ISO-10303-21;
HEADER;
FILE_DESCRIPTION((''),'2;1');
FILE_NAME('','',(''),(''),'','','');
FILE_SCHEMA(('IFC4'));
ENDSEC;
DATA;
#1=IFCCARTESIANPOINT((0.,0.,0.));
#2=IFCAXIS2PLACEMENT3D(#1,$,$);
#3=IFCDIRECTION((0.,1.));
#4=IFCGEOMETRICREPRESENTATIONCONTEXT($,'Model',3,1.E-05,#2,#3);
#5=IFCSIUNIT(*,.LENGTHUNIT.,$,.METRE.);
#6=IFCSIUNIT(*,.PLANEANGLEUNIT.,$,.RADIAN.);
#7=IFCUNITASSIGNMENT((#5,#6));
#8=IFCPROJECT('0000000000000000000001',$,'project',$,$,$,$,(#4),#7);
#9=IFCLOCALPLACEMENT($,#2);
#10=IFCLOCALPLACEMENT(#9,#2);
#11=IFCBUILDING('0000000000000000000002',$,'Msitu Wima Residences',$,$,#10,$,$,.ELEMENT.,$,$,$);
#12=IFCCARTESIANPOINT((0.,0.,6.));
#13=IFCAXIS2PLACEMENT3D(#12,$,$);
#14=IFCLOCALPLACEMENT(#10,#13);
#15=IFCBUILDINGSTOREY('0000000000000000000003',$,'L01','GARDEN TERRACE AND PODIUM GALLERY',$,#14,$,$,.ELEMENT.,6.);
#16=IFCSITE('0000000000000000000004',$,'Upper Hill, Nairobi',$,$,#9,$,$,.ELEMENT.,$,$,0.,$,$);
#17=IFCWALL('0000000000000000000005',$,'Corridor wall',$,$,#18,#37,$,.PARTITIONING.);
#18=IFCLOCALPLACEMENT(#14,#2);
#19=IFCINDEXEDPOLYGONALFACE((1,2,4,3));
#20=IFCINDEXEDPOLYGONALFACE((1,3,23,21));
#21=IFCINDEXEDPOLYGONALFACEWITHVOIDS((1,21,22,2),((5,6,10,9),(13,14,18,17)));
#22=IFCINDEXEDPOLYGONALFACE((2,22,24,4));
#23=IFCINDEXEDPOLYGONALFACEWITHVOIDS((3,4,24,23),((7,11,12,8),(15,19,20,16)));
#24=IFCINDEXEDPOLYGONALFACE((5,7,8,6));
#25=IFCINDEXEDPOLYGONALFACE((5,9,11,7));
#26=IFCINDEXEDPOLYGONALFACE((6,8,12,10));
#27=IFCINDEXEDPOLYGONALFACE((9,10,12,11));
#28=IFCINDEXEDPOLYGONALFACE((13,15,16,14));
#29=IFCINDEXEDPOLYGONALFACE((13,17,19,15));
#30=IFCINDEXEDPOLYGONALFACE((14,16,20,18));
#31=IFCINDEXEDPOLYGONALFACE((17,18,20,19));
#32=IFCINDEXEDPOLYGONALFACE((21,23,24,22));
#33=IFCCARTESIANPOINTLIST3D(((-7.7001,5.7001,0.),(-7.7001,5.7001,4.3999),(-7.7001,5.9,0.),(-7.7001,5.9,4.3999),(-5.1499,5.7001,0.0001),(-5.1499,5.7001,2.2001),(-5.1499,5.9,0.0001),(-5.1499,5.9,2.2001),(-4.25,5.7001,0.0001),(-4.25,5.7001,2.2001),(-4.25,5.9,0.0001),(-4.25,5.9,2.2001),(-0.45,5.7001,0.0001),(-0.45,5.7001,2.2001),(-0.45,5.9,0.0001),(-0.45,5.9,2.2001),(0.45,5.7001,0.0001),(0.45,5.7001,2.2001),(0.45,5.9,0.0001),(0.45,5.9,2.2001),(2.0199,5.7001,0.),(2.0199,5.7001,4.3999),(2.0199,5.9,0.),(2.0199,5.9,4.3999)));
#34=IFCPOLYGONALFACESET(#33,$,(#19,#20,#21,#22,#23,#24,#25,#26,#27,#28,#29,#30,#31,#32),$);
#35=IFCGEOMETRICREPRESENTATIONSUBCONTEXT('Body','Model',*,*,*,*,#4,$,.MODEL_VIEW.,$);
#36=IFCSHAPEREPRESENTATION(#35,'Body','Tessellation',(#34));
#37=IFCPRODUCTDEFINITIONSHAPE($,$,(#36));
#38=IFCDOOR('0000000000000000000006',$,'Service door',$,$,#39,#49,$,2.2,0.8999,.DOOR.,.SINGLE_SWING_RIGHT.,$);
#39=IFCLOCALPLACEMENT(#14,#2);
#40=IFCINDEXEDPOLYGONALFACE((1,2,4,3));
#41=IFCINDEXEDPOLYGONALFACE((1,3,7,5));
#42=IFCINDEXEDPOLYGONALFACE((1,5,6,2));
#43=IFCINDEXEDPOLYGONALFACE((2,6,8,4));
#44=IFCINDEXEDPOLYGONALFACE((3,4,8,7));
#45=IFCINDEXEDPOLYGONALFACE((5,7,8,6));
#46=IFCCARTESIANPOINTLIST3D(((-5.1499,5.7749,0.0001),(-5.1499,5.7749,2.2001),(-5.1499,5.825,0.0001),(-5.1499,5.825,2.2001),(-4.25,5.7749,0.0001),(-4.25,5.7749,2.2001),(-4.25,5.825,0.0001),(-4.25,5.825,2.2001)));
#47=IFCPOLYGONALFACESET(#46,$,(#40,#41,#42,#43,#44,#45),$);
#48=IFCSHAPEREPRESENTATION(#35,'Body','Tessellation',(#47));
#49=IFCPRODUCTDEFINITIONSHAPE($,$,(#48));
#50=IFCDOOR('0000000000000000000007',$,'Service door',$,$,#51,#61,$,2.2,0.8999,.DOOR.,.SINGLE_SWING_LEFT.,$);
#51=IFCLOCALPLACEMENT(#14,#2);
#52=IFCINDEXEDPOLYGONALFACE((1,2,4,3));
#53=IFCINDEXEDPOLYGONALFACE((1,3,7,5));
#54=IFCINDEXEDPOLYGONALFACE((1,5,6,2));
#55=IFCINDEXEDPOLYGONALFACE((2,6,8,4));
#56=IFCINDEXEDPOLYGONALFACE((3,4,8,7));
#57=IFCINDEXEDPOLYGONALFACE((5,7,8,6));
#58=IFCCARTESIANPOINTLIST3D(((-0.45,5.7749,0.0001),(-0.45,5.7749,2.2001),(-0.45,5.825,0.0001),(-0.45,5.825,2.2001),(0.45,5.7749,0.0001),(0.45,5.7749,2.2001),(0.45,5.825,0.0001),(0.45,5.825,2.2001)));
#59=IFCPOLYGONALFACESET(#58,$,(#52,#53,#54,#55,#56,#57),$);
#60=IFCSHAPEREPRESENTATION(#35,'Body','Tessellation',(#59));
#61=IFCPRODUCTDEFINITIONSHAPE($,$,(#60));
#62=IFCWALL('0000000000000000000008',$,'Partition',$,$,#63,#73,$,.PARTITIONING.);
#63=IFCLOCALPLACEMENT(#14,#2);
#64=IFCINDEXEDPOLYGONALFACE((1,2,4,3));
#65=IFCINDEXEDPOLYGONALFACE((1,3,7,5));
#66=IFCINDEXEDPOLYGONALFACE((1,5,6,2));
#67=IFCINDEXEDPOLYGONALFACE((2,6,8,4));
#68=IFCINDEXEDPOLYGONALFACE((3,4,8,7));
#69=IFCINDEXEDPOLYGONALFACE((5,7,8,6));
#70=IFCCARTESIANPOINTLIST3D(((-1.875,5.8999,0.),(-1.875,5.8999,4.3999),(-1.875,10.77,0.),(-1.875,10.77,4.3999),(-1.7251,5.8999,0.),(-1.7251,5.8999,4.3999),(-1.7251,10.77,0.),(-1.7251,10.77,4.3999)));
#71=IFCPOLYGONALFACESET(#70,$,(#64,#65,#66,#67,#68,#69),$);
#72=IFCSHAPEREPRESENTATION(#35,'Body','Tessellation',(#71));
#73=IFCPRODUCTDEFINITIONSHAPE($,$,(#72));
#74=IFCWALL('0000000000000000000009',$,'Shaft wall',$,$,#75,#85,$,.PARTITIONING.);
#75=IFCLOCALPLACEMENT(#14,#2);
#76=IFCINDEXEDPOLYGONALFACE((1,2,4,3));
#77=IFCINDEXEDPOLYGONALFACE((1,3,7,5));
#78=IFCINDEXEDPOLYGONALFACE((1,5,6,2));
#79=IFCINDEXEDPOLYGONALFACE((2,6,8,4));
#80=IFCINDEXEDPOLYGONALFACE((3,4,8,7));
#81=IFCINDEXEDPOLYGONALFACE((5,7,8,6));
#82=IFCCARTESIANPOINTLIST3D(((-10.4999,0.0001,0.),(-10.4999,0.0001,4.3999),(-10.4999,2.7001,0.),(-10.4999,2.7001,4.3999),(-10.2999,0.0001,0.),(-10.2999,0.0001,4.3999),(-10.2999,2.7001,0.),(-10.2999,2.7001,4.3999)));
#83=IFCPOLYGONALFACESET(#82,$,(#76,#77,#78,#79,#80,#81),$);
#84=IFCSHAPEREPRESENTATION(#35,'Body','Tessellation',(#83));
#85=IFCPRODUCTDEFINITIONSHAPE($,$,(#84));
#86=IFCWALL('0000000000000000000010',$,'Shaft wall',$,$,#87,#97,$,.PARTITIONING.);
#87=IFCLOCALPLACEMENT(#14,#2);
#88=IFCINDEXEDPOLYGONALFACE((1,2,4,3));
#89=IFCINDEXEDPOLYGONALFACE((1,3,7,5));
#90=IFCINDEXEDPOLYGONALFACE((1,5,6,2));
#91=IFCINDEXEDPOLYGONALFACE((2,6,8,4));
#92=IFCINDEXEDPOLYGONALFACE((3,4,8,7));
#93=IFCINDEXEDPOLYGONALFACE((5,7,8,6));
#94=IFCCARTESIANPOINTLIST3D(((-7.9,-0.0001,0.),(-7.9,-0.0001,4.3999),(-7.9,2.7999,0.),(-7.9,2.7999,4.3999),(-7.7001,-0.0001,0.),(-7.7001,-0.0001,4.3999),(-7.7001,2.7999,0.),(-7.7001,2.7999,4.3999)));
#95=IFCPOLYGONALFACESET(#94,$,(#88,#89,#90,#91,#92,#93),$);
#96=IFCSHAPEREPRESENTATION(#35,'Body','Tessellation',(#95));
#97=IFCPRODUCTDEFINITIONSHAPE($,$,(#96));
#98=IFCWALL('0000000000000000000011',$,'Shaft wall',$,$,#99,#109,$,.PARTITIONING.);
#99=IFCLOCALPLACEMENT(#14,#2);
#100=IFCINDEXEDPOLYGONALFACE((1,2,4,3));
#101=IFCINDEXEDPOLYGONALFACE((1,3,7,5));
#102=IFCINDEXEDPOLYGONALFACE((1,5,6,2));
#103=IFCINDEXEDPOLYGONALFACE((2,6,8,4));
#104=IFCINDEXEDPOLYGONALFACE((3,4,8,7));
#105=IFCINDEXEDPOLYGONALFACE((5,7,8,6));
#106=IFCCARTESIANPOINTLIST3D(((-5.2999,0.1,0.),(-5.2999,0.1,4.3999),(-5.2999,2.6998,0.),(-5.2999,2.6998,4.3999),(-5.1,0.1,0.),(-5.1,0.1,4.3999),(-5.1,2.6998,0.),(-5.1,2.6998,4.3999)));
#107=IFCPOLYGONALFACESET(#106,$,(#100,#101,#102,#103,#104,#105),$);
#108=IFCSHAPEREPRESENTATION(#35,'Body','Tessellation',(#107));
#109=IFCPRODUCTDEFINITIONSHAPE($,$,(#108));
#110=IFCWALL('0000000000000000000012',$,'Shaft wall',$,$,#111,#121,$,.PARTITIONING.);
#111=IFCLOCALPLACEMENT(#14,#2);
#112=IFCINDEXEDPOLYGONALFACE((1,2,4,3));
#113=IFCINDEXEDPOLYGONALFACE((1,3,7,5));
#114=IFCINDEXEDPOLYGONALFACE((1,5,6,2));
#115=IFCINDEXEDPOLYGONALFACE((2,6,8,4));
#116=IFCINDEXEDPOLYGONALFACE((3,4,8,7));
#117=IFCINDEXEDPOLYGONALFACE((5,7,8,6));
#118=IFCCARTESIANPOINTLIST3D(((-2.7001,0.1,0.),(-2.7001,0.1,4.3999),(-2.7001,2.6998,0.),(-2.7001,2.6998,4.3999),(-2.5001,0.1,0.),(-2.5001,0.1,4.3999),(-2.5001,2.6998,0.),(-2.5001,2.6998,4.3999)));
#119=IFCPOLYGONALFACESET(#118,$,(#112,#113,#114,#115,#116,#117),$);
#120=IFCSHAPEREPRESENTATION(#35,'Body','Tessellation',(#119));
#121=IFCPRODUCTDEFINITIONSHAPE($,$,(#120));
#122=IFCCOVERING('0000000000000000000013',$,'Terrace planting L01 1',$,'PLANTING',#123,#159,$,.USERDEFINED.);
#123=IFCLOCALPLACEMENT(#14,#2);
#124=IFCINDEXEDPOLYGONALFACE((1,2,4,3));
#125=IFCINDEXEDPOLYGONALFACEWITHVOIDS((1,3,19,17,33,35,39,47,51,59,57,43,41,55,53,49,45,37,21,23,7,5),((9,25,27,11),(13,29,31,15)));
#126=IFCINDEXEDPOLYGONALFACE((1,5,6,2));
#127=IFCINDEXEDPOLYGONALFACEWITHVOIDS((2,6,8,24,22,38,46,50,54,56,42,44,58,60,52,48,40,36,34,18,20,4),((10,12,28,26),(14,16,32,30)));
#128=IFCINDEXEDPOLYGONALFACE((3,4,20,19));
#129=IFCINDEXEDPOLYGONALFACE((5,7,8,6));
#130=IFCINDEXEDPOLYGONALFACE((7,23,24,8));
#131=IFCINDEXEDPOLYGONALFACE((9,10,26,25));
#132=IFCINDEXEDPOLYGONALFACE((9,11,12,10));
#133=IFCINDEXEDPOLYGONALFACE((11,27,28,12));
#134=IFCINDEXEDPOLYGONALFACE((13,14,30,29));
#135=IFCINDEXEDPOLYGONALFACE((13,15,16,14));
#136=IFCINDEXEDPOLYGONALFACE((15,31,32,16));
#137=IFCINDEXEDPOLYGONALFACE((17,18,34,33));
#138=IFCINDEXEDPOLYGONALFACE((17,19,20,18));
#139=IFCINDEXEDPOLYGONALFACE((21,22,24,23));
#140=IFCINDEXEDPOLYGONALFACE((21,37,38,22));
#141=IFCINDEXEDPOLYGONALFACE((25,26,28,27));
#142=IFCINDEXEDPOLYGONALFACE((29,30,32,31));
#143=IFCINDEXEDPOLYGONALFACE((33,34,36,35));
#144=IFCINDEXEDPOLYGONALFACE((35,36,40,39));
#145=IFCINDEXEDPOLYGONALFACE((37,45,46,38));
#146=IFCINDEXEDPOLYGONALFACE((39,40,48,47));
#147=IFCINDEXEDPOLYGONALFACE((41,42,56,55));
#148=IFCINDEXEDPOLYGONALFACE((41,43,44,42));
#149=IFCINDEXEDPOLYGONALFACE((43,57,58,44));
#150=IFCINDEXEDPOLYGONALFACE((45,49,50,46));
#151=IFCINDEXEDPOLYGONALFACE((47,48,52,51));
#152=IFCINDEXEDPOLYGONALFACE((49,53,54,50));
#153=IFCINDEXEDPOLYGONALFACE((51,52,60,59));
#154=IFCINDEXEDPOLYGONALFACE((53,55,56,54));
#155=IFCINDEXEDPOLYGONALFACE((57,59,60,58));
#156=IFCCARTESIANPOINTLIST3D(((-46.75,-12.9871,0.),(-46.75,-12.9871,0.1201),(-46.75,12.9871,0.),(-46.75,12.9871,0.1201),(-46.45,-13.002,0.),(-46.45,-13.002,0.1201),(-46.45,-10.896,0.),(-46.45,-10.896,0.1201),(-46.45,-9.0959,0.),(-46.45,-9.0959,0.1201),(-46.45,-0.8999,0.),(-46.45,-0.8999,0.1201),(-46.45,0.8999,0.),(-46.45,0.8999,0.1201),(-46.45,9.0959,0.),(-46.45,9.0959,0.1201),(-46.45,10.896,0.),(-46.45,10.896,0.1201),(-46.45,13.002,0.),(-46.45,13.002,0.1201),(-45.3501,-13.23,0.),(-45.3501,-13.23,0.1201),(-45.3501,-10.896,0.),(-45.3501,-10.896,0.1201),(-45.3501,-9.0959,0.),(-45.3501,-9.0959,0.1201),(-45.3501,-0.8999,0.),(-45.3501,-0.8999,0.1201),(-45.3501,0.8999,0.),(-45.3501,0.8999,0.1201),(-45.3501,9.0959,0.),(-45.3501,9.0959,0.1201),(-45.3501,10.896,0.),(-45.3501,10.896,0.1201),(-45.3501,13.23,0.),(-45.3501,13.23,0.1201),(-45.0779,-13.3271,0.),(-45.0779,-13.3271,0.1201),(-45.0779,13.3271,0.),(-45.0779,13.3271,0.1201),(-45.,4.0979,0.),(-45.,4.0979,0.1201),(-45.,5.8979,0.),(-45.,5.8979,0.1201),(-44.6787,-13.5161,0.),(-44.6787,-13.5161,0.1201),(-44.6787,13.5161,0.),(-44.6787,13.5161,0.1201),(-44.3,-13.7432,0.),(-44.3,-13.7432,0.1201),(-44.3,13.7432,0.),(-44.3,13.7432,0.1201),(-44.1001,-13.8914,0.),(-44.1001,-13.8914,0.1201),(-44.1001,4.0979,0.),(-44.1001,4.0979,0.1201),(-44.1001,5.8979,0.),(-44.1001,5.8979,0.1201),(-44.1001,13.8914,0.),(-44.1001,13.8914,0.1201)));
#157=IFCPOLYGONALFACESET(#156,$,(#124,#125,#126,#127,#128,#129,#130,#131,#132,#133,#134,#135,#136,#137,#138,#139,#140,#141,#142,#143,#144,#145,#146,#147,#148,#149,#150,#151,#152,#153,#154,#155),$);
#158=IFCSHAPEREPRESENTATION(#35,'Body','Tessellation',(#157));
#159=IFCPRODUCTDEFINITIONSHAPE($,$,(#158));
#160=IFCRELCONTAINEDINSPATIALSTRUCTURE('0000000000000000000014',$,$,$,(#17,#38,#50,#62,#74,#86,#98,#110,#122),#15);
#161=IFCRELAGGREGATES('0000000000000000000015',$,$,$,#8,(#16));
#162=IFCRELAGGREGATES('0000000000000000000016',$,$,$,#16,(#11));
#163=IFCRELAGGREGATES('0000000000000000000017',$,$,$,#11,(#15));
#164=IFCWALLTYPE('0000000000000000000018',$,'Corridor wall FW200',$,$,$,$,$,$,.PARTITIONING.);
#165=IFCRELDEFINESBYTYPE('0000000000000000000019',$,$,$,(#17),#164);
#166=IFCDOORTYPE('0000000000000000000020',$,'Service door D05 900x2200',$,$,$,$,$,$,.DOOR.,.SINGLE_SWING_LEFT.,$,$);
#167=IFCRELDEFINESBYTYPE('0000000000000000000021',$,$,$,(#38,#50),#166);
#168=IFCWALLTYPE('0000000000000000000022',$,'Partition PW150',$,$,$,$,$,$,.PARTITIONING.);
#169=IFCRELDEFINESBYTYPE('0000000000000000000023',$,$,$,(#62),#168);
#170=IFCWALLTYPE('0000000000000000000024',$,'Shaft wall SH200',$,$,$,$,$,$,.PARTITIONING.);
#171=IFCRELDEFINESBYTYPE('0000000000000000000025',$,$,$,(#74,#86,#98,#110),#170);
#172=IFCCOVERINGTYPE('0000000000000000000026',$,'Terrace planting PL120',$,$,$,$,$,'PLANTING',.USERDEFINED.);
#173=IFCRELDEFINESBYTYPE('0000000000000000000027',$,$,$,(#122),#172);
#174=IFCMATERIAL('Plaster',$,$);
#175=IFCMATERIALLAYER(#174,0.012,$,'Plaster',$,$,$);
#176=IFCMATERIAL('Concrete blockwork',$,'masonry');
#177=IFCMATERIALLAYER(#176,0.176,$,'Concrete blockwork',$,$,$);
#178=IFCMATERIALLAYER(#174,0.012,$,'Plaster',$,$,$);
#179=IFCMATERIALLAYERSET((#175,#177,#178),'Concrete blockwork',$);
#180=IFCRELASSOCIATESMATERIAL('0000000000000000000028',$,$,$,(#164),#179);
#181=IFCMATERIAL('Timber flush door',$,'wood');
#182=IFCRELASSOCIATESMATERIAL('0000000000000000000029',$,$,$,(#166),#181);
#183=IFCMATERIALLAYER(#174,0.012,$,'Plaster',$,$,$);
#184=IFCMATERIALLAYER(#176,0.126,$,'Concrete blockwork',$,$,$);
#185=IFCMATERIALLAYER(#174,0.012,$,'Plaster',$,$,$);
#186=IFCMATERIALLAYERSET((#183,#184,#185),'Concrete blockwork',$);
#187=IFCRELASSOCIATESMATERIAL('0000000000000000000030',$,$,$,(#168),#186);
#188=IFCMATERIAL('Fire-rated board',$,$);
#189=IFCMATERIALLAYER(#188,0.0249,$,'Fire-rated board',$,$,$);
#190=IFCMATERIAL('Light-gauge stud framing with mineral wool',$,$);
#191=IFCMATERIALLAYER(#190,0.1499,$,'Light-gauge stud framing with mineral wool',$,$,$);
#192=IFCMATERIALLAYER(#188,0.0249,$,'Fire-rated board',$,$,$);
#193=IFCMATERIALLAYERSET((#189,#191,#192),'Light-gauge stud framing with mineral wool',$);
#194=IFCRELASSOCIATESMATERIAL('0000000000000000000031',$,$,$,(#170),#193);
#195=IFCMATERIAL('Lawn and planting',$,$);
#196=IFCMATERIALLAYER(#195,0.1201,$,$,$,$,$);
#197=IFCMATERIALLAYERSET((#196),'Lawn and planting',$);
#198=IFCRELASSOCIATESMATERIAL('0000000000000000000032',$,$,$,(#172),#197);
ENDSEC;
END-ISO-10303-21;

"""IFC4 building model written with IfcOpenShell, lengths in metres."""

from ifc_helpers import new_model, si_unit, direction, frame, frame_2d, origin, place, context, subcontext, project, spatial, polyline, rectangle, outline, extrude, material, layer, layer_set, type_object, element, fill, save


model = new_model("IFC4")

# Units and contexts
model_context = context("Model", 3, precision=1e-05, world=origin(), true_north=direction((0.0, 1.0)))
body_context = subcontext(model_context, "Body", "Model", "MODEL_VIEW")
ifc_project = project(units=[si_unit("LENGTHUNIT", "METRE"), si_unit("PLANEANGLEUNIT", "RADIAN")], contexts=[model_context])

# Site, building, storey
site_placement = place(None, origin())
site = spatial("IfcSite", under=ifc_project, at=site_placement, Name="Upper Hill, Nairobi", CompositionType="ELEMENT", RefElevation=0.0)
building_placement = place(site_placement, origin())
building = spatial("IfcBuilding", under=site, at=building_placement, Name="Msitu Wima Residences", CompositionType="ELEMENT")
storey_placement = place(building_placement, frame((0.0, 0.0, 6.0)))
storey = spatial("IfcBuildingStorey", under=building, at=storey_placement, Name="L01", Description="GARDEN TERRACE AND PODIUM GALLERY", CompositionType="ELEMENT", Elevation=6.0)

# Shared definitions
ifc_material_1 = material(Name="Plaster")
ifc_layer_1 = layer(ifc_material_1, 0.012, Name="Plaster")
ifc_material_2 = material(Name="Concrete blockwork", Category="masonry")
ifc_layer_2 = layer(ifc_material_2, 0.176, Name="Concrete blockwork")
ifc_layer_3 = layer(ifc_material_1, 0.012, Name="Plaster")
ifc_layer_set_1 = layer_set([ifc_layer_1, ifc_layer_2, ifc_layer_3], Name="Concrete blockwork")
wall_type_1 = type_object("IfcWallType", Name="Corridor wall FW200", PredefinedType="PARTITIONING", material=ifc_layer_set_1)

# Wall, openings, doors
wall_1_placement = place(storey_placement, frame((-7.7, 5.8, 0.0), z_axis=(0.0, 0.0, 1.0), x_axis=(1.0, 0.0, 0.0)))
wall_1 = element("IfcWall", 1, at=wall_1_placement, inside=storey, type_object=wall_type_1, Name="Corridor wall", PredefinedType="PARTITIONING", context=body_context, shape_type="SweptSolid", body=[
    extrude(rectangle(XDim=9.72, YDim=0.2, at=frame_2d((4.8599, 0.0))), origin(), (0.0, 0.0, 1.0), 4.3999),
])
opening_1_placement = place(wall_1_placement, frame((2.55, 0.0, 0.0)))
opening_1 = element("IfcOpeningElement", 2, at=opening_1_placement, cuts=wall_1, PredefinedType="OPENING", context=body_context, shape_type="SweptSolid", body=[
    extrude(rectangle(XDim=0.8999, YDim=2.2, at=frame_2d((0.45, 1.1001))), frame((0.0, 0.1099, 0.0), z_axis=(0.0, -1.0, 0.0), x_axis=(1.0, 0.0, 0.0)), (0.0, 0.0, 1.0), 0.22),
])
opening_2_placement = place(wall_1_placement, frame((7.25, 0.0, 0.0)))
opening_2 = element("IfcOpeningElement", 3, at=opening_2_placement, cuts=wall_1, PredefinedType="OPENING", context=body_context, shape_type="SweptSolid", body=[
    extrude(rectangle(XDim=0.8999, YDim=2.2, at=frame_2d((0.45, 1.1001))), frame((0.0, 0.1099, 0.0), z_axis=(0.0, -1.0, 0.0), x_axis=(1.0, 0.0, 0.0)), (0.0, 0.0, 1.0), 0.22),
])
ifc_material_3 = material(Name="Timber flush door", Category="wood")
door_type_1 = type_object("IfcDoorType", Name="Service door D05 900x2200", OperationType="SINGLE_SWING_LEFT", PredefinedType="DOOR", material=ifc_material_3)
door_1_placement = place(opening_1_placement, origin())
door_1 = element("IfcDoor", 4, at=door_1_placement, inside=storey, type_object=door_type_1, Name="Service door", OperationType="SINGLE_SWING_RIGHT", OverallHeight=2.2, OverallWidth=0.8999, PredefinedType="DOOR", context=body_context, shape_type="SweptSolid", body=[
    extrude(rectangle(XDim=0.8999, YDim=2.2, at=frame_2d((0.45, 1.1001))), frame((0.0, 0.0249, 0.0), z_axis=(0.0, -1.0, 0.0), x_axis=(1.0, 0.0, 0.0)), (0.0, 0.0, 1.0), 0.05),
])
fill(opening_1, door_1)
door_2_placement = place(opening_2_placement, origin())
door_2 = element("IfcDoor", 5, at=door_2_placement, inside=storey, type_object=door_type_1, Name="Service door", OperationType="SINGLE_SWING_LEFT", OverallHeight=2.2, OverallWidth=0.8999, PredefinedType="DOOR", context=body_context, shape_type="SweptSolid", body=[
    extrude(rectangle(XDim=0.8999, YDim=2.2, at=frame_2d((0.45, 1.1001))), frame((0.0, 0.0249, 0.0), z_axis=(0.0, -1.0, 0.0), x_axis=(1.0, 0.0, 0.0)), (0.0, 0.0, 1.0), 0.05),
])
fill(opening_2, door_2)

# Walls
ifc_layer_4 = layer(ifc_material_1, 0.012, Name="Plaster")
ifc_layer_5 = layer(ifc_material_2, 0.126, Name="Concrete blockwork")
ifc_layer_6 = layer(ifc_material_1, 0.012, Name="Plaster")
ifc_layer_set_2 = layer_set([ifc_layer_4, ifc_layer_5, ifc_layer_6], Name="Concrete blockwork")
wall_type_2 = type_object("IfcWallType", Name="Partition PW150", PredefinedType="PARTITIONING", material=ifc_layer_set_2)
wall_2_placement = place(storey_placement, frame((-1.8, 5.8999, 0.0), z_axis=(0.0, 0.0, 1.0), x_axis=(0.0, 1.0, 0.0)))
element("IfcWall", 6, at=wall_2_placement, inside=storey, type_object=wall_type_2, Name="Partition", PredefinedType="PARTITIONING", context=body_context, shape_type="SweptSolid", body=[
    extrude(rectangle(XDim=4.8701, YDim=0.1499, at=frame_2d((2.4351, 0.0))), origin(), (0.0, 0.0, 1.0), 4.3999),
])
ifc_material_4 = material(Name="Fire-rated board")
ifc_layer_7 = layer(ifc_material_4, 0.0249, Name="Fire-rated board")
ifc_material_5 = material(Name="Light-gauge stud framing with mineral wool")
ifc_layer_8 = layer(ifc_material_5, 0.1499, Name="Light-gauge stud framing with mineral wool")
ifc_layer_9 = layer(ifc_material_4, 0.0249, Name="Fire-rated board")
ifc_layer_set_3 = layer_set([ifc_layer_7, ifc_layer_8, ifc_layer_9], Name="Light-gauge stud framing with mineral wool")
wall_type_3 = type_object("IfcWallType", Name="Shaft wall SH200", PredefinedType="PARTITIONING", material=ifc_layer_set_3)
wall_3_placement = place(storey_placement, frame((-10.3999, 0.0, 0.0), z_axis=(0.0, 0.0, 1.0), x_axis=(0.0, 1.0, 0.0)))
element("IfcWall", 7, at=wall_3_placement, inside=storey, type_object=wall_type_3, Name="Shaft wall", PredefinedType="PARTITIONING", context=body_context, shape_type="SweptSolid", body=[
    extrude(rectangle(XDim=2.7, YDim=0.2, at=frame_2d((1.3501, 0.0))), origin(), (0.0, 0.0, 1.0), 4.3999),
])
wall_4_placement = place(storey_placement, frame((-7.8, 0.0, 0.0), z_axis=(0.0, 0.0, 1.0), x_axis=(0.0, 1.0, 0.0)))
element("IfcWall", 8, at=wall_4_placement, inside=storey, type_object=wall_type_3, Name="Shaft wall", PredefinedType="PARTITIONING", context=body_context, shape_type="SweptSolid", body=[
    extrude(rectangle(XDim=2.8, YDim=0.2, at=frame_2d((1.3999, 0.0))), origin(), (0.0, 0.0, 1.0), 4.3999),
])
for number, where, z_axis, x_axis, name in (
    (9, (-5.2, 0.1001, 0.0), (0.0, 0.0, 1.0), (0.0, 1.0, 0.0), "Shaft wall"),
    (10, (-2.6001, 0.1001, 0.0), (0.0, 0.0, 1.0), (0.0, 1.0, 0.0), "Shaft wall"),
):
    element("IfcWall", number, at=place(storey_placement, frame(where, z_axis=z_axis, x_axis=x_axis)), inside=storey, type_object=wall_type_3, Name=name, PredefinedType="PARTITIONING", context=body_context, shape_type="SweptSolid", body=[
        extrude(rectangle(XDim=2.5999, YDim=0.2, at=frame_2d((1.2998, 0.0))), origin(), (0.0, 0.0, 1.0), 4.3999),
    ])

# Covering
ifc_material_6 = material(Name="Lawn and planting")
ifc_layer_10 = layer(ifc_material_6, 0.1201)
ifc_layer_set_4 = layer_set([ifc_layer_10], Name="Lawn and planting")
covering_type = type_object("IfcCoveringType", Name="Terrace planting PL120", ElementType="PLANTING", PredefinedType="USERDEFINED", material=ifc_layer_set_4)
covering_1_placement = place(storey_placement, origin())
element("IfcCovering", 11, at=covering_1_placement, inside=storey, type_object=covering_type, Name="Terrace planting L01 1", ObjectType="PLANTING", PredefinedType="USERDEFINED", context=body_context, shape_type="SweptSolid", body=[
    extrude(outline(polyline([(-46.75, 12.9871), (-46.45, 13.002), (-46.45, 10.896), (-45.3501, 10.896), (-45.3501, 13.23), (-45.0779, 13.3271), (-44.6787, 13.5161), (-44.3, 13.7432), (-44.1001, 13.8914), (-44.1001, 5.8979), (-45.0, 5.8979), (-45.0, 4.0979), (-44.1001, 4.0979), (-44.1001, -13.8914), (-44.3, -13.7432), (-44.6787, -13.5161), (-45.0779, -13.3271), (-45.3501, -13.23), (-45.3501, -10.896), (-46.45, -10.896), (-46.45, -13.002), (-46.75, -12.9871), (-46.75, 12.9871)]), holes=[polyline([(-46.45, -9.0959), (-45.3501, -9.0959), (-45.3501, -0.8999), (-46.45, -0.8999), (-46.45, -9.0959)]), polyline([(-45.3501, 0.8999), (-45.3501, 9.0959), (-46.45, 9.0959), (-46.45, 0.8999), (-45.3501, 0.8999)])]), origin(), (0.0, 0.0, 1.0), 0.1201),
])

save(model, "model.ifc")
